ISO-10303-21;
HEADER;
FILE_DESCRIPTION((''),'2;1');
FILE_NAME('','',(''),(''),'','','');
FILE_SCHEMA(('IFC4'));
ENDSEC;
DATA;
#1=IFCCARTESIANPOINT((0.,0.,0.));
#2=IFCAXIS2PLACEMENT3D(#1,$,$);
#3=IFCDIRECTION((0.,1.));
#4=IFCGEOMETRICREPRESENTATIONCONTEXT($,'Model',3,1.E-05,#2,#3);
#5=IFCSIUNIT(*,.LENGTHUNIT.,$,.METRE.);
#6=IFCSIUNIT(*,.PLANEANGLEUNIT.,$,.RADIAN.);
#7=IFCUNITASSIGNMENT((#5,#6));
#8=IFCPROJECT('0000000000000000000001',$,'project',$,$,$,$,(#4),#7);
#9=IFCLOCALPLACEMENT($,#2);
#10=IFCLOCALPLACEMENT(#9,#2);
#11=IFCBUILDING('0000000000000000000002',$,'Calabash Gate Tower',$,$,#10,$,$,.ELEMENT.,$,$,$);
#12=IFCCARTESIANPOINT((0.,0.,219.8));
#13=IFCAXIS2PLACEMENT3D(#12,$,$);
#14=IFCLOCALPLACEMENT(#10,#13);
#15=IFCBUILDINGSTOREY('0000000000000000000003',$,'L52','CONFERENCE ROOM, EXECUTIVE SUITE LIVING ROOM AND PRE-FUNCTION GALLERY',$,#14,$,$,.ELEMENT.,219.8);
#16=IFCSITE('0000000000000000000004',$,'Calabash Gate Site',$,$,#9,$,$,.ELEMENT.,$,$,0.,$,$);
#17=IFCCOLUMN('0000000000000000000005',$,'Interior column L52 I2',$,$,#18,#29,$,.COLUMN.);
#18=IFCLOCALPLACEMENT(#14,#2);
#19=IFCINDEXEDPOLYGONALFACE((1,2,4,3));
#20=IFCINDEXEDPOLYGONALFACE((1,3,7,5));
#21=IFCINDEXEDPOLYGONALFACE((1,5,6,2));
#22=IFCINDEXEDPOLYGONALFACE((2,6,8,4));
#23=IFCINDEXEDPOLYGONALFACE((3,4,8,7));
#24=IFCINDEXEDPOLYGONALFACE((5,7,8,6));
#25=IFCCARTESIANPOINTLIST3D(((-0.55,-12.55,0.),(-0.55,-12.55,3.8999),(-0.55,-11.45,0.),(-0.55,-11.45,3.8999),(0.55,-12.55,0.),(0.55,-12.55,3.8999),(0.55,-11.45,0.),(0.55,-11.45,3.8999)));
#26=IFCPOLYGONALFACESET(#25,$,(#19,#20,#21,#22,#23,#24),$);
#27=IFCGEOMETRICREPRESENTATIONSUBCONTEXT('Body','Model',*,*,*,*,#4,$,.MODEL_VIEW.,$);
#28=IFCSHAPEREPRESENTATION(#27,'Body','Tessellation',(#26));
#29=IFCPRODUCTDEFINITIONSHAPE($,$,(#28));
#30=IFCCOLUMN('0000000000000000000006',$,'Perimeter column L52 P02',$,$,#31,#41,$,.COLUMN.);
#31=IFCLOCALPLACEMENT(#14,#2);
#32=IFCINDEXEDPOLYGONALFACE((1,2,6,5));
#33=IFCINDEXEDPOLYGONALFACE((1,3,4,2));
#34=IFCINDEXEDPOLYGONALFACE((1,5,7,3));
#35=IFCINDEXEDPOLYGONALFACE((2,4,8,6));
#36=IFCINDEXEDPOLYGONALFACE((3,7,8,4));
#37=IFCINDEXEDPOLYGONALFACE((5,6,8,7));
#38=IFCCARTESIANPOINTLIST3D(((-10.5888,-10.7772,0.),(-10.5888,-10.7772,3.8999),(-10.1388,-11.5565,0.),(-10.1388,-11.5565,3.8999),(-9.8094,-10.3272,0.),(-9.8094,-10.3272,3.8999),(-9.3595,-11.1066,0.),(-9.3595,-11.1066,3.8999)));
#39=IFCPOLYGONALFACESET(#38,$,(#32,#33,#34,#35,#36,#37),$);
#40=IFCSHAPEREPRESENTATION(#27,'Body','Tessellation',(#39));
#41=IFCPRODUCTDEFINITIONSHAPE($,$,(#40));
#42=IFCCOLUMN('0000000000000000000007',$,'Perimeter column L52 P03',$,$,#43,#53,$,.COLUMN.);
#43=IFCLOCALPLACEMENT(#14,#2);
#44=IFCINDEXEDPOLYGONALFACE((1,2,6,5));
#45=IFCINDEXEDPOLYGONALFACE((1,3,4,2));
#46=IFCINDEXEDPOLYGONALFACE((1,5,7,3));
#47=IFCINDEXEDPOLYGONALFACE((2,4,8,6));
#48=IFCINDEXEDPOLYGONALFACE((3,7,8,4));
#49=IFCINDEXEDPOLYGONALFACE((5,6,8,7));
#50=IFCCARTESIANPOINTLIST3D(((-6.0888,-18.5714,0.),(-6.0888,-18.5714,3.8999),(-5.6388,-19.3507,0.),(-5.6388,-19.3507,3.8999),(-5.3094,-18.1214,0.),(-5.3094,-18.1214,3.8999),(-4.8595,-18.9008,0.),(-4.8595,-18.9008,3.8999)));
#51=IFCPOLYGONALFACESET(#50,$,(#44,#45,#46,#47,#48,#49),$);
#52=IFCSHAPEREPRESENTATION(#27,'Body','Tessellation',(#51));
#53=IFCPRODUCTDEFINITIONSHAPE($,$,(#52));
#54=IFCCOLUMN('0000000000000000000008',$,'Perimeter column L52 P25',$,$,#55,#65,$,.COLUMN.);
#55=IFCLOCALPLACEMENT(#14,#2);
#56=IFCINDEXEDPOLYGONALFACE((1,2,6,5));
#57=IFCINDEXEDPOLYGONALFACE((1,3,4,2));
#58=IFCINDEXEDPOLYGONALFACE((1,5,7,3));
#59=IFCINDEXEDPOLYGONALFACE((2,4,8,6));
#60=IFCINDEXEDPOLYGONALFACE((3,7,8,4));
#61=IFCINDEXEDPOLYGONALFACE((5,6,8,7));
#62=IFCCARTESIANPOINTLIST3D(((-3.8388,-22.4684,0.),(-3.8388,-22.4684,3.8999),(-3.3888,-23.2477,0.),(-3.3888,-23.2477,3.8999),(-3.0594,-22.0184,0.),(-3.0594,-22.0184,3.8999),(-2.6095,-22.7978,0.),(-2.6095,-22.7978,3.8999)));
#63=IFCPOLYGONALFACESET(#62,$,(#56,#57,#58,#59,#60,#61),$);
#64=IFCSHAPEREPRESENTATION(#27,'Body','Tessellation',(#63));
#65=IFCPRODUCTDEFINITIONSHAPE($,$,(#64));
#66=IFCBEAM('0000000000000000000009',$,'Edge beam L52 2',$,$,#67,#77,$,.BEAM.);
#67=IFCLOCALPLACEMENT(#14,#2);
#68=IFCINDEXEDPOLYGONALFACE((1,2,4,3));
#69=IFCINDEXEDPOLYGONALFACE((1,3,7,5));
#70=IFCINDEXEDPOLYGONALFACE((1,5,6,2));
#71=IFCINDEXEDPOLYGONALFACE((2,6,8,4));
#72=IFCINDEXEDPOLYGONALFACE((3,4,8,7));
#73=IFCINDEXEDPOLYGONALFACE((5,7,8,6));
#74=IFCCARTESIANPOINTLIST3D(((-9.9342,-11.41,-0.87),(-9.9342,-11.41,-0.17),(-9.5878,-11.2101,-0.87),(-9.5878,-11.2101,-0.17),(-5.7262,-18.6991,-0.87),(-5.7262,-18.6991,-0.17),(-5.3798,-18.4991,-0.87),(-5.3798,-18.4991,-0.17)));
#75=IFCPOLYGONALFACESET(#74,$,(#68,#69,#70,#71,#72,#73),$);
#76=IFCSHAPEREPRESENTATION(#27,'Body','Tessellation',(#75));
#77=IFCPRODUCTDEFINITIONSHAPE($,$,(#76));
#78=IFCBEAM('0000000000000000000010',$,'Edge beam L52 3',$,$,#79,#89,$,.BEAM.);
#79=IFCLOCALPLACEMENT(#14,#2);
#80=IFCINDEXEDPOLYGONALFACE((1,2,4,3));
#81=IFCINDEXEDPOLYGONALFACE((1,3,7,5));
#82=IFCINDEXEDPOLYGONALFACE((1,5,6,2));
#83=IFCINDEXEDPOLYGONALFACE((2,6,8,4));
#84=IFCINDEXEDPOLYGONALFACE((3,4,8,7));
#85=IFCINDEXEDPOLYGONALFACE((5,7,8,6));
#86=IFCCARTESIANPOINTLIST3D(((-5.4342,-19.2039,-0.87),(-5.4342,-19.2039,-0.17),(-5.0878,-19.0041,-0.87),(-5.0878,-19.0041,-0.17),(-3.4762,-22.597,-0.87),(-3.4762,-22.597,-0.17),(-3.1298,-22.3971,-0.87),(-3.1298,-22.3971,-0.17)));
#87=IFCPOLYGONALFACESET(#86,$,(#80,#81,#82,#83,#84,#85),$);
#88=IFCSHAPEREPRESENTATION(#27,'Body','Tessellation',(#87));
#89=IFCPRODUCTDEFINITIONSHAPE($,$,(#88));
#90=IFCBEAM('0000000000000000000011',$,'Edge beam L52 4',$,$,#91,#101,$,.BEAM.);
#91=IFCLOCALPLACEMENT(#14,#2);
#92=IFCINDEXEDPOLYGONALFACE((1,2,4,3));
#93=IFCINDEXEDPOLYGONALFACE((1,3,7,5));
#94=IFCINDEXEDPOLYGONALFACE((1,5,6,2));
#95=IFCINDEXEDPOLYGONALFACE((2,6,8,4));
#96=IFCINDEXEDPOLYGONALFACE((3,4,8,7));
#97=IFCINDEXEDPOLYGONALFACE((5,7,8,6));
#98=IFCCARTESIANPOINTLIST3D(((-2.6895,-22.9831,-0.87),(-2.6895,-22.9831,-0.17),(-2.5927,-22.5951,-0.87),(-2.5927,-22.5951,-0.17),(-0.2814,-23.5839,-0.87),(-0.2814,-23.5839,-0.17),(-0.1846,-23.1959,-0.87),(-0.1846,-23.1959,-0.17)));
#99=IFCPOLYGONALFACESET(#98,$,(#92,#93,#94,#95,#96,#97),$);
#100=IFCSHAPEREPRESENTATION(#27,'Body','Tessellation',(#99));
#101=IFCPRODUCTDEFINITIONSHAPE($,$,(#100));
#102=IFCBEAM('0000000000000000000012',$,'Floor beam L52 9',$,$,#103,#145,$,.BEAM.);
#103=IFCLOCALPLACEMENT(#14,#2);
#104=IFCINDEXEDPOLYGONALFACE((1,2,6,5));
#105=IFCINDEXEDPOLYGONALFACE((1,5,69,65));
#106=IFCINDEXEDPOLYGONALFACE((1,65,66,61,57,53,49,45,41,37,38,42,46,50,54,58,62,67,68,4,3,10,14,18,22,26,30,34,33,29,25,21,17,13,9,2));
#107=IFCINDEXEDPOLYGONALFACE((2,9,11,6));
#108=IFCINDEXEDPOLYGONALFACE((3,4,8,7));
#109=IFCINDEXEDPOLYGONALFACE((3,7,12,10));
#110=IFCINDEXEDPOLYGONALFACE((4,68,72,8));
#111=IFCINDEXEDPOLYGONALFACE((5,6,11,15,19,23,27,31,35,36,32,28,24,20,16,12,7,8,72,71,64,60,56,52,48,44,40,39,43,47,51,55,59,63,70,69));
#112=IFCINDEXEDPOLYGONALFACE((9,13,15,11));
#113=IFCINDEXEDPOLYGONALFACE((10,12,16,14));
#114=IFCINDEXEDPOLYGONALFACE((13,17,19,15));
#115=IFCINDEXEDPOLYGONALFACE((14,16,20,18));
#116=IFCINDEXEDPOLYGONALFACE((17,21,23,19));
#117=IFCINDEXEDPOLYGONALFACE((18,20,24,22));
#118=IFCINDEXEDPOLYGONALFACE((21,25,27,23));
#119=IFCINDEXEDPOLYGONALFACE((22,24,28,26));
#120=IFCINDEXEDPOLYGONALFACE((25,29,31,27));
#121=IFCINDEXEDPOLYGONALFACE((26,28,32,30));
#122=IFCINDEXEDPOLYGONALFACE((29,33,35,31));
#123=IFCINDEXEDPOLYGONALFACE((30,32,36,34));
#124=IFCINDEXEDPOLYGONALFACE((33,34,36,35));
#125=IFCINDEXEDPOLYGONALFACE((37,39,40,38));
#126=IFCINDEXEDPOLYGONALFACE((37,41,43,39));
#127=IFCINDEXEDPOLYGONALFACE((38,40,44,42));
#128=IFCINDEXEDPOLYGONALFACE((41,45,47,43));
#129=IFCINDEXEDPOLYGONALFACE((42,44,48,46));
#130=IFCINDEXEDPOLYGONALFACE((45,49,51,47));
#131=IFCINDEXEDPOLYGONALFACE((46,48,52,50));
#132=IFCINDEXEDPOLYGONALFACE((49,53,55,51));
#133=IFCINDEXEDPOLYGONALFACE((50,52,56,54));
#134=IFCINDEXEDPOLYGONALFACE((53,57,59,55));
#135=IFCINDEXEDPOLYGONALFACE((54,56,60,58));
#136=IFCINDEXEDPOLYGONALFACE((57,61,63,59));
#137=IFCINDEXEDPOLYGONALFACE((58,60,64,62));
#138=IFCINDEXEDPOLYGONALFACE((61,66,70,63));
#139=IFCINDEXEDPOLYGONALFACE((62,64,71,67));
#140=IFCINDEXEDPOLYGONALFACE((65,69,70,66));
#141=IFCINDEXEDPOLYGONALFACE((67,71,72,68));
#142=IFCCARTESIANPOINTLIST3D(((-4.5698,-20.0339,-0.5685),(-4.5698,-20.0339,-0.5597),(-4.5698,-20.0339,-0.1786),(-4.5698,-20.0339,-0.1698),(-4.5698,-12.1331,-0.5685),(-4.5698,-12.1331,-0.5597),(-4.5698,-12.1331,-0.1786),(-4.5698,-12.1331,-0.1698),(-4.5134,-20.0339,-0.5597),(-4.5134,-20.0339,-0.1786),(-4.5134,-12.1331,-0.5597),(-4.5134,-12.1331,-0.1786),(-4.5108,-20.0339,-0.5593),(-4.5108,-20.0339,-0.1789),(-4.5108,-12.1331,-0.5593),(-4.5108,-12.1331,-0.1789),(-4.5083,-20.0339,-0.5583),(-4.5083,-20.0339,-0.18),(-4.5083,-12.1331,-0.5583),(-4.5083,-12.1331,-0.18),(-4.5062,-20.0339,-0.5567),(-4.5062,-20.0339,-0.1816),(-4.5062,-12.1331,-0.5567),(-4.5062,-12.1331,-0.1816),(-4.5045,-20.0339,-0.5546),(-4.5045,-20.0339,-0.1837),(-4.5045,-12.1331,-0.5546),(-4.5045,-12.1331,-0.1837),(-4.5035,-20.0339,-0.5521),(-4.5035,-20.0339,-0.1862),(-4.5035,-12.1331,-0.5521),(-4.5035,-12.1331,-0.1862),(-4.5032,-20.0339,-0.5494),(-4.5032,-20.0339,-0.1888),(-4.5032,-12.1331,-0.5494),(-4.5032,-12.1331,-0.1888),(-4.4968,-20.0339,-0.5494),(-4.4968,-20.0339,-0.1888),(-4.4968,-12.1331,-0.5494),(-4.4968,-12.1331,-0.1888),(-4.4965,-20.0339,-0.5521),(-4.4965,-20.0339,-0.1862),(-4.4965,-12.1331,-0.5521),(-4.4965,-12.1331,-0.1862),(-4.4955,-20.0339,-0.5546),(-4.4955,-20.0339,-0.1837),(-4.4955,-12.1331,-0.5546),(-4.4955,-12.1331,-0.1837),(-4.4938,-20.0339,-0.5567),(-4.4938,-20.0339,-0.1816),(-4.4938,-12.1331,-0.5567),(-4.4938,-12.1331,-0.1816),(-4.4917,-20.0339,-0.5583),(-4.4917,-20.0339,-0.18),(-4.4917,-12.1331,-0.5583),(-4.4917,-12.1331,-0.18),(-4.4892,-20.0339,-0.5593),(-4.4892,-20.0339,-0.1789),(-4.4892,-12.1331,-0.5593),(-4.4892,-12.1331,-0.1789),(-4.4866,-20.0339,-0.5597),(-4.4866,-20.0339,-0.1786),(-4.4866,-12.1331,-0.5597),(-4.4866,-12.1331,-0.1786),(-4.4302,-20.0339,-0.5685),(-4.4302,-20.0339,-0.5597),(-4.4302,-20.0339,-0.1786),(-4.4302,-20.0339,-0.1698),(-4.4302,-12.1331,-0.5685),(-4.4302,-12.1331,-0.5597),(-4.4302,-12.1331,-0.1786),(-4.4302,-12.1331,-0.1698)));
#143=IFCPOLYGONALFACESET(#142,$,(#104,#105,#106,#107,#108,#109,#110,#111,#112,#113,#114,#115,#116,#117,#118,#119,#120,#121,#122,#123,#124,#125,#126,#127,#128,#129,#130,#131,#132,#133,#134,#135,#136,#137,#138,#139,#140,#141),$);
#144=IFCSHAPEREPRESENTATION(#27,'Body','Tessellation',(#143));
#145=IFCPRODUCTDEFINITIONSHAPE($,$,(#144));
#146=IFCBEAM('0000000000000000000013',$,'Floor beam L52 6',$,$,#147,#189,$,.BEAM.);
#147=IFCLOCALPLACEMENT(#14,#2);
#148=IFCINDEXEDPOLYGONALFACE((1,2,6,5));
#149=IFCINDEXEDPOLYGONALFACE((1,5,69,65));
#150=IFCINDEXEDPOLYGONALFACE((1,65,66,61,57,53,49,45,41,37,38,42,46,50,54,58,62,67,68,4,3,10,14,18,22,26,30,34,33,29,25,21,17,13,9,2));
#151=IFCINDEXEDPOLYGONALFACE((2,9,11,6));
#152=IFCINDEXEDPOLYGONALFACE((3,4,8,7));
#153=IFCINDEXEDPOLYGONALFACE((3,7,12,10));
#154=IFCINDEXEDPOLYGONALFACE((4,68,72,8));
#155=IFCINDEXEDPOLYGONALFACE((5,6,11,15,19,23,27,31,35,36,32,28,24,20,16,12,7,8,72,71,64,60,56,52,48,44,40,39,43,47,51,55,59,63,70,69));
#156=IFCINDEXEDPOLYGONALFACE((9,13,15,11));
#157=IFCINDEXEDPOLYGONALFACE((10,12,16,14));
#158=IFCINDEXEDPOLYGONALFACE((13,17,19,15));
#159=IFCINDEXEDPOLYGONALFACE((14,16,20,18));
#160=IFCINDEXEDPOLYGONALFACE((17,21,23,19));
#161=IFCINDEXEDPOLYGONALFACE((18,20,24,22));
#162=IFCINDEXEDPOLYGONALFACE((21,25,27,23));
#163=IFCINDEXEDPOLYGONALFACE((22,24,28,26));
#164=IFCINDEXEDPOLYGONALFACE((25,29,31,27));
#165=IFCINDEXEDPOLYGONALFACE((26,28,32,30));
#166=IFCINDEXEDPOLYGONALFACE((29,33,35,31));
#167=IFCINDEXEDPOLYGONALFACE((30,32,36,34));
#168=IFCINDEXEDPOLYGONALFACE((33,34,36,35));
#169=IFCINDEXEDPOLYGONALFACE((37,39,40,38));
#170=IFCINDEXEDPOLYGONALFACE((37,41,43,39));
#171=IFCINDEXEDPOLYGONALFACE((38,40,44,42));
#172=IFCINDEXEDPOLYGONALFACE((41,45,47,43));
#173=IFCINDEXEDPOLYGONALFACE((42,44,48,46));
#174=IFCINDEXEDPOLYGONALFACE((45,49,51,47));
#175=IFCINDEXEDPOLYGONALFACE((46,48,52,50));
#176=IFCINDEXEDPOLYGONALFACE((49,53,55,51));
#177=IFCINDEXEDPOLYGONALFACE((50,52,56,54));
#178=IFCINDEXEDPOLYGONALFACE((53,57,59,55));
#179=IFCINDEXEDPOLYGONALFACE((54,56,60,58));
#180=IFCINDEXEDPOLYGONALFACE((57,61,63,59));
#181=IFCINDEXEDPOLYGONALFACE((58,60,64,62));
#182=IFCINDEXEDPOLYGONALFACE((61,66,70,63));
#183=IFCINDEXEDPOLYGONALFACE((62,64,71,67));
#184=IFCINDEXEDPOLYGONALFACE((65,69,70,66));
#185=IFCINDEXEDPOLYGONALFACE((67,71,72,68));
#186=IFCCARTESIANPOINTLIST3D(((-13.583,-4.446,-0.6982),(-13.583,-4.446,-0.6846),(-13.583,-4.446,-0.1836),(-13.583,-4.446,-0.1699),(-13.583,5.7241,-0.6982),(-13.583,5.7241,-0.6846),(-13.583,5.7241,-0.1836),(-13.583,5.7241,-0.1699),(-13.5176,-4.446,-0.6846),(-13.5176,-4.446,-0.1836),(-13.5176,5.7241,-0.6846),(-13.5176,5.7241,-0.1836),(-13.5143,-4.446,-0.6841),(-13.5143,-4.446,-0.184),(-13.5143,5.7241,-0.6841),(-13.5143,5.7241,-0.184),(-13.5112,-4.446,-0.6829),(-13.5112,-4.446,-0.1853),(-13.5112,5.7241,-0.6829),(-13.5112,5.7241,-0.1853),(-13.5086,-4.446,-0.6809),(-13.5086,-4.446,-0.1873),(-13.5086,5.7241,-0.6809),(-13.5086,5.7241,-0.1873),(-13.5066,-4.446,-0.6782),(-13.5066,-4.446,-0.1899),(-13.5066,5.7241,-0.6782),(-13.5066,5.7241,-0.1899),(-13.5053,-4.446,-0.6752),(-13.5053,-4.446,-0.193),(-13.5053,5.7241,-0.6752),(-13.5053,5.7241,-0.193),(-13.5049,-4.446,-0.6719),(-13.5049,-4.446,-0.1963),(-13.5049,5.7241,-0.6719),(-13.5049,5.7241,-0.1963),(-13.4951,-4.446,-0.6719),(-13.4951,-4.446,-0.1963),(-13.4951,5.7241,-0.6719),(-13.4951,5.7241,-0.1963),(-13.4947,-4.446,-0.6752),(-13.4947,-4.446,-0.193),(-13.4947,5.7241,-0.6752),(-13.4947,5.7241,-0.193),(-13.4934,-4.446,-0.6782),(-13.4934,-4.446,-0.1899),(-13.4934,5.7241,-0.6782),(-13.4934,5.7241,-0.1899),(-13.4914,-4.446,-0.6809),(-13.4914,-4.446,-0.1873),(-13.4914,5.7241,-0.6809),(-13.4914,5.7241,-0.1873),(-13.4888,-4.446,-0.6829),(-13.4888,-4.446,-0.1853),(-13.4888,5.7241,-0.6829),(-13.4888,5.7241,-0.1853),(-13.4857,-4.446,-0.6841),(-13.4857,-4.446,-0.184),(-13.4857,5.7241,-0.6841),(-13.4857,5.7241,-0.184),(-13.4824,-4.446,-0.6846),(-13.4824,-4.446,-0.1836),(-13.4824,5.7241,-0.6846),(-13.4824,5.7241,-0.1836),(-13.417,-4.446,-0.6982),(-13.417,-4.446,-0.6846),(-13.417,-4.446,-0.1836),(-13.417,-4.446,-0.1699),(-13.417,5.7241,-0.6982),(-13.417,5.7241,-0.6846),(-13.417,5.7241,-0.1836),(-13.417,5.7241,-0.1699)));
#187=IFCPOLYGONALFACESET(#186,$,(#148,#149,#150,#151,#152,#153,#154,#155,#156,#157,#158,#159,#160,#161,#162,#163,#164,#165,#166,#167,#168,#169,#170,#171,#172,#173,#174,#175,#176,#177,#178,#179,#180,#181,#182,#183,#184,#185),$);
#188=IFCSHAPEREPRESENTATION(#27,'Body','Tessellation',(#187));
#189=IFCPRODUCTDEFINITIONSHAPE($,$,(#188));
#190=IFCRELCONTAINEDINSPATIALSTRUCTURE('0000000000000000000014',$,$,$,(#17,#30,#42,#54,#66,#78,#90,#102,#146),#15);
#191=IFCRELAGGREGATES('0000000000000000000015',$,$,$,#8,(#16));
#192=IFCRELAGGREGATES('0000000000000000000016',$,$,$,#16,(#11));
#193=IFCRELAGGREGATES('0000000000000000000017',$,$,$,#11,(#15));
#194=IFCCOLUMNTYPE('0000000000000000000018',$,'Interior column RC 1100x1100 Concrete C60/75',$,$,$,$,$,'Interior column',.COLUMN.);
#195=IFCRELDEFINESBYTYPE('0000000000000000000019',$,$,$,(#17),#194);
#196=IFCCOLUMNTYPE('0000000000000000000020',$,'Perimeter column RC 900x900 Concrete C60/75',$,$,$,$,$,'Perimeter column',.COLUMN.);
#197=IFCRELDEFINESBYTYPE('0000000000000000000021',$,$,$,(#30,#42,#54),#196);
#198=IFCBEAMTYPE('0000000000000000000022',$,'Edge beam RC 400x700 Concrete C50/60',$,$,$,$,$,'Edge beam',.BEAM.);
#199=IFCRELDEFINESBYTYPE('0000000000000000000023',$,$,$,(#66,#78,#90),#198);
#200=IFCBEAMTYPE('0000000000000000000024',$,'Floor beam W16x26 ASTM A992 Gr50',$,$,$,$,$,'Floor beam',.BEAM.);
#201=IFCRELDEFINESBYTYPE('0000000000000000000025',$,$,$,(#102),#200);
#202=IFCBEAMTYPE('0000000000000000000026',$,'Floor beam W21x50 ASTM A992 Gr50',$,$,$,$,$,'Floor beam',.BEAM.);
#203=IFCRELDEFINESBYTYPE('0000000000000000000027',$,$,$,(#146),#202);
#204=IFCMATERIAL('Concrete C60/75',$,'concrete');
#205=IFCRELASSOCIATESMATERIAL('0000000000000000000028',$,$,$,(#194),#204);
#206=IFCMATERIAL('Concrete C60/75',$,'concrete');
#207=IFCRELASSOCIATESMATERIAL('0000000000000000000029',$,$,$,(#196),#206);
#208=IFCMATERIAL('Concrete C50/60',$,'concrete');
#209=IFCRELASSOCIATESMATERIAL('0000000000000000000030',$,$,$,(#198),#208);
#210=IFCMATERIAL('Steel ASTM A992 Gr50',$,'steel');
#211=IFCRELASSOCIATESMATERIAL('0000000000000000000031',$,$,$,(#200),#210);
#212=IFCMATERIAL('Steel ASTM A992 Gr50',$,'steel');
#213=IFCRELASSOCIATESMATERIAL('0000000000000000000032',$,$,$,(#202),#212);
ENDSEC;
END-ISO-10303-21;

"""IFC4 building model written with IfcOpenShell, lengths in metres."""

from ifc_helpers import new_model, si_unit, direction, frame, origin, origin_2d, place, context, subcontext, project, spatial, rectangle, i_section, extrude, material, material_profile, profile_set, type_object, element, save


model = new_model("IFC4")

# Units and contexts
model_context = context("Model", 3, precision=1e-05, world=origin(), true_north=direction((0.0, 1.0)))
body_context = subcontext(model_context, "Body", "Model", "MODEL_VIEW")
ifc_project = project(units=[si_unit("LENGTHUNIT", "METRE"), si_unit("PLANEANGLEUNIT", "RADIAN")], contexts=[model_context])

# Site, building, storey
site_placement = place(None, origin())
site = spatial("IfcSite", under=ifc_project, at=site_placement, Name="Calabash Gate Site", CompositionType="ELEMENT", RefElevation=0.0)
building_placement = place(site_placement, origin())
building = spatial("IfcBuilding", under=site, at=building_placement, Name="Calabash Gate Tower", CompositionType="ELEMENT")
storey_placement = place(building_placement, frame((0.0, 0.0, 219.8)))
storey = spatial("IfcBuildingStorey", under=building, at=storey_placement, Name="L52", Description="CONFERENCE ROOM, EXECUTIVE SUITE LIVING ROOM AND PRE-FUNCTION GALLERY", CompositionType="ELEMENT", Elevation=219.8)

# Columns
ifc_material_1 = material(Name="Concrete C60/75", Category="concrete")
ifc_material_profile_1 = material_profile(ifc_material_1, rectangle(XDim=1.1001, YDim=1.1001, at=origin_2d()))
ifc_profile_set_1 = profile_set([ifc_material_profile_1], Name="Concrete C60/75")
column_type_1 = type_object("IfcColumnType", Name="Interior column RC 1100x1100 Concrete C60/75", ElementType="Interior column", PredefinedType="COLUMN", material=ifc_profile_set_1)
column_placement = place(storey_placement, frame((0.0, -12.0, 0.0), z_axis=(0.0, 0.0, 1.0), x_axis=(1.0, 0.0, 0.0)))
element("IfcColumn", 1, at=column_placement, inside=storey, type_object=column_type_1, Name="Interior column L52 I2", PredefinedType="COLUMN", context=body_context, shape_type="SweptSolid", body=[
    extrude(rectangle(XDim=1.1001, YDim=1.1001, at=origin_2d()), origin(), (0.0, 0.0, 1.0), 3.8999),
])
ifc_material_2 = material(Name="Concrete C60/75", Category="concrete")
ifc_material_profile_2 = material_profile(ifc_material_2, rectangle(XDim=0.8999, YDim=0.8999, at=origin_2d()))
ifc_profile_set_2 = profile_set([ifc_material_profile_2], Name="Concrete C60/75")
column_type_2 = type_object("IfcColumnType", Name="Perimeter column RC 900x900 Concrete C60/75", ElementType="Perimeter column", PredefinedType="COLUMN", material=ifc_profile_set_2)
for number, where, z_axis, x_axis, name in (
    (2, (-9.9741, -10.9419, 0.0), (0.0, 0.0, 1.0), (0.5, -0.866025, 0.0), "Perimeter column L52 P02"),
    (3, (-5.4741, -18.7361, 0.0), (0.0, 0.0, 1.0), (0.5, -0.866025, 0.0), "Perimeter column L52 P03"),
    (4, (-3.2241, -22.6331, 0.0), (0.0, 0.0, 1.0), (0.5, -0.866025, 0.0), "Perimeter column L52 P25"),
):
    element("IfcColumn", number, at=place(storey_placement, frame(where, z_axis=z_axis, x_axis=x_axis)), inside=storey, type_object=column_type_2, Name=name, PredefinedType="COLUMN", context=body_context, shape_type="SweptSolid", body=[
        extrude(rectangle(XDim=0.8999, YDim=0.8999, at=origin_2d()), origin(), (0.0, 0.0, 1.0), 3.8999),
    ])

# Beams
ifc_material_3 = material(Name="Concrete C50/60", Category="concrete")
ifc_material_profile_3 = material_profile(ifc_material_3, rectangle(XDim=0.3999, YDim=0.7, at=origin_2d()))
ifc_profile_set_3 = profile_set([ifc_material_profile_3], Name="Concrete C50/60")
beam_type_1 = type_object("IfcBeamType", Name="Edge beam RC 400x700 Concrete C50/60", ElementType="Edge beam", PredefinedType="BEAM", material=ifc_profile_set_3)
beam_1_placement = place(storey_placement, frame((-9.761, -11.3101, -0.52), z_axis=(0.49997, -0.866043, 0.0), x_axis=(0.866043, 0.49997, 0.0)))
element("IfcBeam", 5, at=beam_1_placement, inside=storey, type_object=beam_type_1, Name="Edge beam L52 2", PredefinedType="BEAM", context=body_context, shape_type="SweptSolid", body=[
    extrude(rectangle(XDim=0.3999, YDim=0.7, at=origin_2d()), origin(), (0.0, 0.0, 1.0), 8.4165),
])
beam_2_placement = place(storey_placement, frame((-5.261, -19.104, -0.52), z_axis=(0.499812, -0.866134, 0.0), x_axis=(0.866134, 0.499812, 0.0)))
element("IfcBeam", 6, at=beam_2_placement, inside=storey, type_object=beam_type_1, Name="Edge beam L52 3", PredefinedType="BEAM", context=body_context, shape_type="SweptSolid", body=[
    extrude(rectangle(XDim=0.3999, YDim=0.7, at=origin_2d()), origin(), (0.0, 0.0, 1.0), 3.9175),
])
beam_3_placement = place(storey_placement, frame((-2.6411, -22.7891, -0.52), z_axis=(0.970258, -0.242073, 0.0), x_axis=(0.242073, 0.970258, 0.0)))
element("IfcBeam", 7, at=beam_3_placement, inside=storey, type_object=beam_type_1, Name="Edge beam L52 4", PredefinedType="BEAM", context=body_context, shape_type="SweptSolid", body=[
    extrude(rectangle(XDim=0.3999, YDim=0.7, at=origin_2d()), origin(), (0.0, 0.0, 1.0), 2.4819),
])
ifc_material_4 = material(Name="Steel ASTM A992 Gr50", Category="steel")
ifc_material_profile_4 = material_profile(ifc_material_4, i_section(OverallWidth=0.1396, OverallDepth=0.3987, WebThickness=0.0063, FlangeThickness=0.0088, FilletRadius=0.0103, at=origin_2d()))
ifc_profile_set_4 = profile_set([ifc_material_profile_4], Name="Steel ASTM A992 Gr50")
beam_type_2 = type_object("IfcBeamType", Name="Floor beam W16x26 ASTM A992 Gr50", ElementType="Floor beam", PredefinedType="BEAM", material=ifc_profile_set_4)
beam_4_placement = place(storey_placement, frame((-4.5, -20.0339, -0.3691), z_axis=(0.0, 1.0, 0.0), x_axis=(-1.0, 0.0, 0.0)))
element("IfcBeam", 8, at=beam_4_placement, inside=storey, type_object=beam_type_2, Name="Floor beam L52 9", PredefinedType="BEAM", context=body_context, shape_type="SweptSolid", body=[
    extrude(i_section(OverallWidth=0.1396, OverallDepth=0.3987, WebThickness=0.0063, FlangeThickness=0.0088, FilletRadius=0.0103, at=origin_2d()), origin(), (0.0, 0.0, 1.0), 7.9009),
])
ifc_material_5 = material(Name="Steel ASTM A992 Gr50", Category="steel")
ifc_material_profile_5 = material_profile(ifc_material_5, i_section(OverallWidth=0.166, OverallDepth=0.5283, WebThickness=0.0098, FlangeThickness=0.0137, FilletRadius=0.0127, at=origin_2d()))
ifc_profile_set_5 = profile_set([ifc_material_profile_5], Name="Steel ASTM A992 Gr50")
beam_type_3 = type_object("IfcBeamType", Name="Floor beam W21x50 ASTM A992 Gr50", ElementType="Floor beam", PredefinedType="BEAM", material=ifc_profile_set_5)
beam_5_placement = place(storey_placement, frame((-13.5, -4.446, -0.4341), z_axis=(0.0, 1.0, 0.0), x_axis=(-1.0, 0.0, 0.0)))
element("IfcBeam", 9, at=beam_5_placement, inside=storey, type_object=beam_type_3, Name="Floor beam L52 6", PredefinedType="BEAM", context=body_context, shape_type="SweptSolid", body=[
    extrude(i_section(OverallWidth=0.166, OverallDepth=0.5283, WebThickness=0.0098, FlangeThickness=0.0137, FilletRadius=0.0127, at=origin_2d()), origin(), (0.0, 0.0, 1.0), 10.1702),
])

save(model, "model.ifc")
